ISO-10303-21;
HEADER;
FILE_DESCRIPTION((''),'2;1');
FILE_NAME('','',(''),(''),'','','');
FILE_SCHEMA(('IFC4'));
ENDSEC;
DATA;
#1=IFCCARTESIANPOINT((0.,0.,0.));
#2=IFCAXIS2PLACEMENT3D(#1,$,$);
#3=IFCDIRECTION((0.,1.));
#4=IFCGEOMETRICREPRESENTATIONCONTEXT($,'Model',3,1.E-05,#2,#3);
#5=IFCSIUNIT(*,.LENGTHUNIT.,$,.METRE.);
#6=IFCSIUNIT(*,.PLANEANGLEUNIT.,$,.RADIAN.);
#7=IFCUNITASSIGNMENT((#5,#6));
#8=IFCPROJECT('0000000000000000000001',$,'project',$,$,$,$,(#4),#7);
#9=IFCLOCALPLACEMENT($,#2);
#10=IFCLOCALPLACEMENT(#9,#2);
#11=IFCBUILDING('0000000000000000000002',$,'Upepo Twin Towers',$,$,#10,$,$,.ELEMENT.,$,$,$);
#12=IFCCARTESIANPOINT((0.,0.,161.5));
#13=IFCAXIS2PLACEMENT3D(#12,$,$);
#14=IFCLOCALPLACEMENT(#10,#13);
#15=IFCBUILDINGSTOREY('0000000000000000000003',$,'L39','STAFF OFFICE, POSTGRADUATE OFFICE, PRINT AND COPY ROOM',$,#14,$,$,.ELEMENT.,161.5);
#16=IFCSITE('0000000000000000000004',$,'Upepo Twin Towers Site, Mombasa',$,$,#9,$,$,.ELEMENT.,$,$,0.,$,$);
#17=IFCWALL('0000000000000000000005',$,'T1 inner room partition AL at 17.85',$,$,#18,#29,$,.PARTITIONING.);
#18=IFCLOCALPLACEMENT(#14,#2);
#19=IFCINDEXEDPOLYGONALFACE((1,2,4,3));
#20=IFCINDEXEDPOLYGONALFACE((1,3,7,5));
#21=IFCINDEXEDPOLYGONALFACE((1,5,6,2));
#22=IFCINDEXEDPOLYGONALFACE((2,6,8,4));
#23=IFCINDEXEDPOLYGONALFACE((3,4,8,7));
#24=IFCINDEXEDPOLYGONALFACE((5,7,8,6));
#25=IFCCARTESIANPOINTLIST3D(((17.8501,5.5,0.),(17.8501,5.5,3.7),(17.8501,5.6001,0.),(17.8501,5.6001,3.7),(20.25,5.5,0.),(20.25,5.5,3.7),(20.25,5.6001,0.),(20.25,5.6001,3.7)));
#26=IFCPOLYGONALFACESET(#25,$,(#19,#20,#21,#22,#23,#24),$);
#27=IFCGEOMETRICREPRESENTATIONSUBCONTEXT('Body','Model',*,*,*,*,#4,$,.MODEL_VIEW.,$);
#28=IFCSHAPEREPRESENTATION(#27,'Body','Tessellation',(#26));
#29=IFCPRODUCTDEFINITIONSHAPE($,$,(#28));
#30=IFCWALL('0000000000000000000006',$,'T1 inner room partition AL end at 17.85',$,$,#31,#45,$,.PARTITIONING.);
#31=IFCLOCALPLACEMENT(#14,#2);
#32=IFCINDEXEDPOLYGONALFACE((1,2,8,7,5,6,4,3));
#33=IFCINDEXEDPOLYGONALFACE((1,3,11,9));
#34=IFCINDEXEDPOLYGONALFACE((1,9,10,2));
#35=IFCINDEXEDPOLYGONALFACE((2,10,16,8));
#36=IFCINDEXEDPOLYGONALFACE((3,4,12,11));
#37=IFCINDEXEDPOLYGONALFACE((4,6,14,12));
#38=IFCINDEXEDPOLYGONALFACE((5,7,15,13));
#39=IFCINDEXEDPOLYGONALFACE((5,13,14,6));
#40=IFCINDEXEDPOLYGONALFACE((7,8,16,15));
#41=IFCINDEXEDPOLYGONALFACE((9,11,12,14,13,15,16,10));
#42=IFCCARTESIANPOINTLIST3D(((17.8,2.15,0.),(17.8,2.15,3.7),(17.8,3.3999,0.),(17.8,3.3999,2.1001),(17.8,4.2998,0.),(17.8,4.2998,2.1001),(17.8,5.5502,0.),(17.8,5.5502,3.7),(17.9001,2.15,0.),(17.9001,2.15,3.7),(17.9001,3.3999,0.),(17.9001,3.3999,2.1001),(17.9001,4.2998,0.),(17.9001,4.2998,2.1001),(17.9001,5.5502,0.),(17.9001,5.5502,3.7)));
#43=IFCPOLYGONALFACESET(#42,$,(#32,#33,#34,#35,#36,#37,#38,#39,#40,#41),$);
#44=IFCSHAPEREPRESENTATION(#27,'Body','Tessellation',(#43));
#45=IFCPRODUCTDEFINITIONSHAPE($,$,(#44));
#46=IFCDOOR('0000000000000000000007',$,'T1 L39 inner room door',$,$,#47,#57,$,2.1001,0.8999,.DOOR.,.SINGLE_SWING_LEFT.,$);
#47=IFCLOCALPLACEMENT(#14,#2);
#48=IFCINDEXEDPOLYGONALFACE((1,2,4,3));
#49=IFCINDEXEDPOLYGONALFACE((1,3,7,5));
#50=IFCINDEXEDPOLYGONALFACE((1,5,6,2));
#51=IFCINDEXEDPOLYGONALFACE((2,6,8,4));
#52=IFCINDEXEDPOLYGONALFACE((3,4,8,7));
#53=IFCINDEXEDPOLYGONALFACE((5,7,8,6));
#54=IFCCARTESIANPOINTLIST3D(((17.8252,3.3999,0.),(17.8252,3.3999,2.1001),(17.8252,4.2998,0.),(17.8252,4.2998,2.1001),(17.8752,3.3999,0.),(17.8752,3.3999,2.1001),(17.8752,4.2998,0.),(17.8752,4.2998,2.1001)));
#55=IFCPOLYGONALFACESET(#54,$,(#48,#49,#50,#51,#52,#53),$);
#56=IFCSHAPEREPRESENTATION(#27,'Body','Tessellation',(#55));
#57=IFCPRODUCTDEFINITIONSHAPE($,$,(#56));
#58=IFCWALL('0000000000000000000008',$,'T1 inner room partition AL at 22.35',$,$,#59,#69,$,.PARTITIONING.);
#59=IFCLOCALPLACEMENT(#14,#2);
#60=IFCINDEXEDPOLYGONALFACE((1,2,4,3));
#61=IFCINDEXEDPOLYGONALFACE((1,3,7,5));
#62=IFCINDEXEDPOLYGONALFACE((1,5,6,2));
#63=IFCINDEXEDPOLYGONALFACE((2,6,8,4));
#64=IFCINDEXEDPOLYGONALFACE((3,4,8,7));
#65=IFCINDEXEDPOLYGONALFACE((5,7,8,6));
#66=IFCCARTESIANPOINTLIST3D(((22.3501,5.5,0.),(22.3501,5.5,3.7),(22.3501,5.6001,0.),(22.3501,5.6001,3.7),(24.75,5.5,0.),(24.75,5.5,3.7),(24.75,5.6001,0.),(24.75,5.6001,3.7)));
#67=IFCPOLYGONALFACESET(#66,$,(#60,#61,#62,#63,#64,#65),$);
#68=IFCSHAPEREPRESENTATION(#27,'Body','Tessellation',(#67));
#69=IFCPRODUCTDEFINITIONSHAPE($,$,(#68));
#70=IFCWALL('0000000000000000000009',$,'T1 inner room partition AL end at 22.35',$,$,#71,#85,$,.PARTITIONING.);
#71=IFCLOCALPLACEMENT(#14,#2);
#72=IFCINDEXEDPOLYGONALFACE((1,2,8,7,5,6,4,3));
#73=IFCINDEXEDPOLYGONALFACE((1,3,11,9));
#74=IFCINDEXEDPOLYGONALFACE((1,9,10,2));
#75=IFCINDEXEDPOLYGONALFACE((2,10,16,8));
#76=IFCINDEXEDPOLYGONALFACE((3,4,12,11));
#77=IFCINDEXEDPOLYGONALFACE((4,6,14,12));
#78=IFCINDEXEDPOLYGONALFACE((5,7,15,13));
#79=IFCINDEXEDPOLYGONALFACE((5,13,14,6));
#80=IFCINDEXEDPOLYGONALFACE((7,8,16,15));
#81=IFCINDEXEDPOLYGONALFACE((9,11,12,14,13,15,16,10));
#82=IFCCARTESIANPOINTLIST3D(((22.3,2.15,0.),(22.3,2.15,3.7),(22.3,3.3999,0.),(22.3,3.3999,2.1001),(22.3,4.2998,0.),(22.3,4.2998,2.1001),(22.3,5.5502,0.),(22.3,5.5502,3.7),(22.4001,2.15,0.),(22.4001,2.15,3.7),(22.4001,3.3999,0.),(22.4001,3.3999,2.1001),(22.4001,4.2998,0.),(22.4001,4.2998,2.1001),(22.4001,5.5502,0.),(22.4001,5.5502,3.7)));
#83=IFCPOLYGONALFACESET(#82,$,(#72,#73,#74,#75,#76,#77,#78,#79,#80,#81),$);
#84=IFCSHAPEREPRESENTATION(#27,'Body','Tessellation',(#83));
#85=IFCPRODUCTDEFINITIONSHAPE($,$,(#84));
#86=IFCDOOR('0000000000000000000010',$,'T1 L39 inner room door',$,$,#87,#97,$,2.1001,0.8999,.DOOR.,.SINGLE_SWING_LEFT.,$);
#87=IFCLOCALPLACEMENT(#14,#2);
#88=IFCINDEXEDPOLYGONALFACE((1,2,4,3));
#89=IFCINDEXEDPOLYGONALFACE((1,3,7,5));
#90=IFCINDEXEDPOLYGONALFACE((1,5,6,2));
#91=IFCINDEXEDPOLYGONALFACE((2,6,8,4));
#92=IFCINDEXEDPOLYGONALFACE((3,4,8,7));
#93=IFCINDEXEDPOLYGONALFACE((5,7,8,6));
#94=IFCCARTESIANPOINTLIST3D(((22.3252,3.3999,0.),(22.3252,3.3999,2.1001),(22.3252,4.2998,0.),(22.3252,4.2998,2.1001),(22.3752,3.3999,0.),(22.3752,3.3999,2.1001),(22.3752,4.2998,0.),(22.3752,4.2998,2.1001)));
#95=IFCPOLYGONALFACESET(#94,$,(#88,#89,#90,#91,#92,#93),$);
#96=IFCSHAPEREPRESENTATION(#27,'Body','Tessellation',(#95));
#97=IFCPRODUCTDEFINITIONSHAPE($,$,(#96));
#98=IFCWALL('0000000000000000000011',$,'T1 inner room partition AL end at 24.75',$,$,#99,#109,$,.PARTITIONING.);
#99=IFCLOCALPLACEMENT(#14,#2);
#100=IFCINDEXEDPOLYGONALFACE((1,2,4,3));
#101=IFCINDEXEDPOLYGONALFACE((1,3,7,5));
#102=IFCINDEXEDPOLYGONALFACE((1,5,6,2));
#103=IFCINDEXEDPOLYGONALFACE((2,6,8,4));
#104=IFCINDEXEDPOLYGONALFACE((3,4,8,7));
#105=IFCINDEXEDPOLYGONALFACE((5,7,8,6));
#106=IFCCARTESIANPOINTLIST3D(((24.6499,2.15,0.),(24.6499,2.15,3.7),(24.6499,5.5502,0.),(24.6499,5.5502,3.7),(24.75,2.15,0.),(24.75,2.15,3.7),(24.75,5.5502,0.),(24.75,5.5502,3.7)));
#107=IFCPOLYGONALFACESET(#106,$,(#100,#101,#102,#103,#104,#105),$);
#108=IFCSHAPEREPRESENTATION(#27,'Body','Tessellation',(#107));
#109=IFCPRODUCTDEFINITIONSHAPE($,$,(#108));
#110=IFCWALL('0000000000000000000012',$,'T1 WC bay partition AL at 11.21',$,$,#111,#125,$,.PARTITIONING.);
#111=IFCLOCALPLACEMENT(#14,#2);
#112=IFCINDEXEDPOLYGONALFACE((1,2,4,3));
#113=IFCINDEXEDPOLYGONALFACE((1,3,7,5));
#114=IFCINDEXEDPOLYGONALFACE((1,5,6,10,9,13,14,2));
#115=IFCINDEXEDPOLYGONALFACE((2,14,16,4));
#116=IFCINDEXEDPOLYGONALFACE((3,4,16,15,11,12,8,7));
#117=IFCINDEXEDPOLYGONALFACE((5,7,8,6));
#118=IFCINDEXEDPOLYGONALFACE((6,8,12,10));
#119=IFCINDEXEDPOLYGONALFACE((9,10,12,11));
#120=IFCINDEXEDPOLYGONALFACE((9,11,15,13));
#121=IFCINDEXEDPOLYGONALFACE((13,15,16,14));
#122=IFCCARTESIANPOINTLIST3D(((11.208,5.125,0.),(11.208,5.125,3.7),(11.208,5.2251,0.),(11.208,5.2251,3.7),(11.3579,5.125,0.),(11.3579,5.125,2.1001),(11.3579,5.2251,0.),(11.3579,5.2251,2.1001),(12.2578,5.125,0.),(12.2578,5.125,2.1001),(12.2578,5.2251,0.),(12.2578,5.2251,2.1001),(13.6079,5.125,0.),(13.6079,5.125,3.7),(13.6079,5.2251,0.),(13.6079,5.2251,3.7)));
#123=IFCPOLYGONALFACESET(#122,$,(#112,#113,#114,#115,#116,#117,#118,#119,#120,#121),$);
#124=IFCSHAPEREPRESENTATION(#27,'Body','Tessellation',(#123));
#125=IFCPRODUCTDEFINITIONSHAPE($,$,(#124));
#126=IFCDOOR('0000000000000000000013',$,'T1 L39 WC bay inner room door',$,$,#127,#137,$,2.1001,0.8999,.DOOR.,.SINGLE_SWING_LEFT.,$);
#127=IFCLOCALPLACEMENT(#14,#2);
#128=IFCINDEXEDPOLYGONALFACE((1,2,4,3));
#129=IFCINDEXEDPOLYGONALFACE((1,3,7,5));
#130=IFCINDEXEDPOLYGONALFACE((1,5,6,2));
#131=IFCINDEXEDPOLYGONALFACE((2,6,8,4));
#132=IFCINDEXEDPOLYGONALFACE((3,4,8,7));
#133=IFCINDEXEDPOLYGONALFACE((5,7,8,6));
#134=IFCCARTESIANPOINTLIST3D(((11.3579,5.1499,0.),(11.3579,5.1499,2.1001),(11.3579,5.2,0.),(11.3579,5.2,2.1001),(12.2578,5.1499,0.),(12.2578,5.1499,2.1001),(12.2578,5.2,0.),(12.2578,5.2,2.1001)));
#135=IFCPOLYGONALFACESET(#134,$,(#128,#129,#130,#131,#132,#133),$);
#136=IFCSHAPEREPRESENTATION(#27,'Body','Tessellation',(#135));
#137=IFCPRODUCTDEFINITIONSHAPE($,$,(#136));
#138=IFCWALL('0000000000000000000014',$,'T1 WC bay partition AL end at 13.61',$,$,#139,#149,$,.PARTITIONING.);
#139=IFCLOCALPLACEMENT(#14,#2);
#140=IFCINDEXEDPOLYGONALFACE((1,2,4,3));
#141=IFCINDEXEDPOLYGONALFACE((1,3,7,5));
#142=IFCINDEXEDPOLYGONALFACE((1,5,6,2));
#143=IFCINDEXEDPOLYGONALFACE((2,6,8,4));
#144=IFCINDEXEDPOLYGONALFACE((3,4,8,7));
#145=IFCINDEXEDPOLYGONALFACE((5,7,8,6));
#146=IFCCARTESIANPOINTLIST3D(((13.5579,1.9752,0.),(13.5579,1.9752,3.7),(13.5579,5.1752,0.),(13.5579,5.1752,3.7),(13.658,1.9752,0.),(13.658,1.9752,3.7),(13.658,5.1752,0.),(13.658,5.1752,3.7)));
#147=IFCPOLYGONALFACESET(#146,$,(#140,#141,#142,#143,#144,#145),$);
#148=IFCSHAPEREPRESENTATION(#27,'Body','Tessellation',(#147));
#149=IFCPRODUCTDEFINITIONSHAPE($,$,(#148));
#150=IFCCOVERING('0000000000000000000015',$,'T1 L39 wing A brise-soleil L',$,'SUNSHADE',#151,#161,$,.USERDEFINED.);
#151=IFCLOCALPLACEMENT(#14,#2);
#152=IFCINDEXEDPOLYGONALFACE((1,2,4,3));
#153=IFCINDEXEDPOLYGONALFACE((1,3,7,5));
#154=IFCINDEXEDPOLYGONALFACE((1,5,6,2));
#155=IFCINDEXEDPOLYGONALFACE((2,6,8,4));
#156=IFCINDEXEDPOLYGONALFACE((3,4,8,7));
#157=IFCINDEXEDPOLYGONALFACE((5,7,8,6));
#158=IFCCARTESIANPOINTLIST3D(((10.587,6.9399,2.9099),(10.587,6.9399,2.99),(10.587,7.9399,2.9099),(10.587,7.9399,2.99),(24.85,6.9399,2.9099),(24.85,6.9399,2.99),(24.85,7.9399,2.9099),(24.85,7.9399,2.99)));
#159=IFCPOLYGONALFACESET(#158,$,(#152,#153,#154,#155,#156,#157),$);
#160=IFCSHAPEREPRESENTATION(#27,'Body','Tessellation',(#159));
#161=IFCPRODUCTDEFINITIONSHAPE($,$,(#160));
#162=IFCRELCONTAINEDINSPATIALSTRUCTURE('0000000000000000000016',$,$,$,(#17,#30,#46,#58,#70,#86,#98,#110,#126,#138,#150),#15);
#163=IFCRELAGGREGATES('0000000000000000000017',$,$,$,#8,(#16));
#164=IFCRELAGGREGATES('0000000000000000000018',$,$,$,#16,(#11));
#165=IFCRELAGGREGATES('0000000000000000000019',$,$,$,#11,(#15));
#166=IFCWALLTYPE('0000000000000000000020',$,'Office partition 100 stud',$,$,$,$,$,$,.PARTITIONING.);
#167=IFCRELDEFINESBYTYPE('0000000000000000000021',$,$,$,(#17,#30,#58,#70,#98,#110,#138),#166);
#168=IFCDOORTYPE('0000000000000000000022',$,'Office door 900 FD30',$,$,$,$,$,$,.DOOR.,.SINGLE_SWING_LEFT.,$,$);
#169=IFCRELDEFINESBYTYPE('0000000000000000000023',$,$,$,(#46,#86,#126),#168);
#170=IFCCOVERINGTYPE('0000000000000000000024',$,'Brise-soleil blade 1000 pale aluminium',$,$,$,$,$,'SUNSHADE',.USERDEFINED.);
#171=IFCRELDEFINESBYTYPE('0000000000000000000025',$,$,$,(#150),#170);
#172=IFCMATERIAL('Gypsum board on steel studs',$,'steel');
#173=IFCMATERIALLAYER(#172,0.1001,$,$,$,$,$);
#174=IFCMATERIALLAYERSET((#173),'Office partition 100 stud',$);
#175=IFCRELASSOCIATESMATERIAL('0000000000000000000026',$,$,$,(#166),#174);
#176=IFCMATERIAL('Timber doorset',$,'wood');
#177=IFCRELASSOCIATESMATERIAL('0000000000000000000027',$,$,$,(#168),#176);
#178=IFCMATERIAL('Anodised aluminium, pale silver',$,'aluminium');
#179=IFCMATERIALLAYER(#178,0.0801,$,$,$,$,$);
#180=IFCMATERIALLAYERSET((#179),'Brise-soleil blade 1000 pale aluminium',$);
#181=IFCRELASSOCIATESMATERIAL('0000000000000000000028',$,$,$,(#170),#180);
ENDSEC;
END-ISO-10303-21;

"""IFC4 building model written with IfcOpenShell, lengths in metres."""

from ifc_helpers import new_model, si_unit, direction, frame, frame_2d, origin, origin_2d, place, context, subcontext, project, spatial, rectangle, extrude, material, layer, layer_set, type_object, element, fill, save


model = new_model("IFC4")

# Units and contexts
model_context = context("Model", 3, precision=1e-05, world=origin(), true_north=direction((0.0, 1.0)))
body_context = subcontext(model_context, "Body", "Model", "MODEL_VIEW")
ifc_project = project(units=[si_unit("LENGTHUNIT", "METRE"), si_unit("PLANEANGLEUNIT", "RADIAN")], contexts=[model_context])

# Site, building, storey
site_placement = place(None, origin())
site = spatial("IfcSite", under=ifc_project, at=site_placement, Name="Upepo Twin Towers Site, Mombasa", CompositionType="ELEMENT", RefElevation=0.0)
building_placement = place(site_placement, origin())
building = spatial("IfcBuilding", under=site, at=building_placement, Name="Upepo Twin Towers", CompositionType="ELEMENT")
storey_placement = place(building_placement, frame((0.0, 0.0, 161.5)))
storey = spatial("IfcBuildingStorey", under=building, at=storey_placement, Name="L39", Description="STAFF OFFICE, POSTGRADUATE OFFICE, PRINT AND COPY ROOM", CompositionType="ELEMENT", Elevation=161.5)

# Wall
ifc_material_1 = material(Name="Gypsum board on steel studs", Category="steel")
ifc_layer_1 = layer(ifc_material_1, 0.1001)
ifc_layer_set_1 = layer_set([ifc_layer_1], Name="Office partition 100 stud")
wall_type_1 = type_object("IfcWallType", Name="Office partition 100 stud", PredefinedType="PARTITIONING", material=ifc_layer_set_1)
wall_1_placement = place(storey_placement, frame((17.8501, 5.55, 0.0), z_axis=(0.0, 0.0, 1.0), x_axis=(1.0, 0.0, 0.0)))
element("IfcWall", 1, at=wall_1_placement, inside=storey, type_object=wall_type_1, Name="T1 inner room partition AL at 17.85", PredefinedType="PARTITIONING", context=body_context, shape_type="SweptSolid", body=[
    extrude(rectangle(XDim=2.3999, YDim=0.1001, at=frame_2d((1.2, 0.0))), origin(), (0.0, 0.0, 1.0), 3.7),
])

# Wall, opening, door
wall_2_placement = place(storey_placement, frame((17.8501, 2.1499, 0.0), z_axis=(0.0, 0.0, 1.0), x_axis=(0.0, 1.0, 0.0)))
wall_2 = element("IfcWall", 2, at=wall_2_placement, inside=storey, type_object=wall_type_1, Name="T1 inner room partition AL end at 17.85", PredefinedType="PARTITIONING", context=body_context, shape_type="SweptSolid", body=[
    extrude(rectangle(XDim=3.4001, YDim=0.1001, at=frame_2d((1.7002, 0.0))), origin(), (0.0, 0.0, 1.0), 3.7),
])
opening_1_placement = place(wall_2_placement, frame((1.25, 0.0, 0.0)))
opening_1 = element("IfcOpeningElement", 3, at=opening_1_placement, cuts=wall_2, PredefinedType="OPENING", context=body_context, shape_type="SweptSolid", body=[
    extrude(rectangle(XDim=0.8999, YDim=2.1001, at=frame_2d((0.45, 1.05))), frame((0.0, 0.0601, 0.0), z_axis=(0.0, -1.0, 0.0), x_axis=(1.0, 0.0, 0.0)), (0.0, 0.0, 1.0), 0.1201),
])
ifc_material_2 = material(Name="Timber doorset", Category="wood")
door_type = type_object("IfcDoorType", Name="Office door 900 FD30", OperationType="SINGLE_SWING_LEFT", PredefinedType="DOOR", material=ifc_material_2)
door_1_placement = place(opening_1_placement, origin())
door_1 = element("IfcDoor", 4, at=door_1_placement, inside=storey, type_object=door_type, Name="T1 L39 inner room door", OperationType="SINGLE_SWING_LEFT", OverallHeight=2.1001, OverallWidth=0.8999, PredefinedType="DOOR", context=body_context, shape_type="SweptSolid", body=[
    extrude(rectangle(XDim=0.8999, YDim=2.1001, at=frame_2d((0.45, 1.05))), frame((0.0, 0.0249, 0.0), z_axis=(0.0, -1.0, 0.0), x_axis=(1.0, 0.0, 0.0)), (0.0, 0.0, 1.0), 0.05),
])
fill(opening_1, door_1)

# Wall
wall_3_placement = place(storey_placement, frame((22.3501, 5.55, 0.0), z_axis=(0.0, 0.0, 1.0), x_axis=(1.0, 0.0, 0.0)))
element("IfcWall", 5, at=wall_3_placement, inside=storey, type_object=wall_type_1, Name="T1 inner room partition AL at 22.35", PredefinedType="PARTITIONING", context=body_context, shape_type="SweptSolid", body=[
    extrude(rectangle(XDim=2.3999, YDim=0.1001, at=frame_2d((1.2, 0.0))), origin(), (0.0, 0.0, 1.0), 3.7),
])

# Wall, opening, door
wall_4_placement = place(storey_placement, frame((22.3501, 2.1499, 0.0), z_axis=(0.0, 0.0, 1.0), x_axis=(0.0, 1.0, 0.0)))
wall_4 = element("IfcWall", 6, at=wall_4_placement, inside=storey, type_object=wall_type_1, Name="T1 inner room partition AL end at 22.35", PredefinedType="PARTITIONING", context=body_context, shape_type="SweptSolid", body=[
    extrude(rectangle(XDim=3.4001, YDim=0.1001, at=frame_2d((1.7002, 0.0))), origin(), (0.0, 0.0, 1.0), 3.7),
])
opening_2_placement = place(wall_4_placement, frame((1.25, 0.0, 0.0)))
opening_2 = element("IfcOpeningElement", 7, at=opening_2_placement, cuts=wall_4, PredefinedType="OPENING", context=body_context, shape_type="SweptSolid", body=[
    extrude(rectangle(XDim=0.8999, YDim=2.1001, at=frame_2d((0.45, 1.05))), frame((0.0, 0.0601, 0.0), z_axis=(0.0, -1.0, 0.0), x_axis=(1.0, 0.0, 0.0)), (0.0, 0.0, 1.0), 0.1201),
])
door_2_placement = place(opening_2_placement, origin())
door_2 = element("IfcDoor", 8, at=door_2_placement, inside=storey, type_object=door_type, Name="T1 L39 inner room door", OperationType="SINGLE_SWING_LEFT", OverallHeight=2.1001, OverallWidth=0.8999, PredefinedType="DOOR", context=body_context, shape_type="SweptSolid", body=[
    extrude(rectangle(XDim=0.8999, YDim=2.1001, at=frame_2d((0.45, 1.05))), frame((0.0, 0.0249, 0.0), z_axis=(0.0, -1.0, 0.0), x_axis=(1.0, 0.0, 0.0)), (0.0, 0.0, 1.0), 0.05),
])
fill(opening_2, door_2)

# Wall
wall_5_placement = place(storey_placement, frame((24.7, 2.1499, 0.0), z_axis=(0.0, 0.0, 1.0), x_axis=(0.0, 1.0, 0.0)))
element("IfcWall", 9, at=wall_5_placement, inside=storey, type_object=wall_type_1, Name="T1 inner room partition AL end at 24.75", PredefinedType="PARTITIONING", context=body_context, shape_type="SweptSolid", body=[
    extrude(rectangle(XDim=3.4001, YDim=0.1001, at=frame_2d((1.7002, 0.0))), origin(), (0.0, 0.0, 1.0), 3.7),
])

# Wall, opening, door
wall_6_placement = place(storey_placement, frame((11.208, 5.175, 0.0), z_axis=(0.0, 0.0, 1.0), x_axis=(1.0, 0.0, 0.0)))
wall_6 = element("IfcWall", 10, at=wall_6_placement, inside=storey, type_object=wall_type_1, Name="T1 WC bay partition AL at 11.21", PredefinedType="PARTITIONING", context=body_context, shape_type="SweptSolid", body=[
    extrude(rectangle(XDim=2.3999, YDim=0.1001, at=frame_2d((1.2, 0.0))), origin(), (0.0, 0.0, 1.0), 3.7),
])
opening_3_placement = place(wall_6_placement, frame((0.1499, 0.0, 0.0)))
opening_3 = element("IfcOpeningElement", 11, at=opening_3_placement, cuts=wall_6, PredefinedType="OPENING", context=body_context, shape_type="SweptSolid", body=[
    extrude(rectangle(XDim=0.8999, YDim=2.1001, at=frame_2d((0.45, 1.05))), frame((0.0, 0.0601, 0.0), z_axis=(0.0, -1.0, 0.0), x_axis=(1.0, 0.0, 0.0)), (0.0, 0.0, 1.0), 0.1201),
])
door_3_placement = place(opening_3_placement, origin())
door_3 = element("IfcDoor", 12, at=door_3_placement, inside=storey, type_object=door_type, Name="T1 L39 WC bay inner room door", OperationType="SINGLE_SWING_LEFT", OverallHeight=2.1001, OverallWidth=0.8999, PredefinedType="DOOR", context=body_context, shape_type="SweptSolid", body=[
    extrude(rectangle(XDim=0.8999, YDim=2.1001, at=frame_2d((0.45, 1.05))), frame((0.0, 0.0249, 0.0), z_axis=(0.0, -1.0, 0.0), x_axis=(1.0, 0.0, 0.0)), (0.0, 0.0, 1.0), 0.05),
])
fill(opening_3, door_3)

# Wall
wall_7_placement = place(storey_placement, frame((13.6079, 1.9751, 0.0), z_axis=(0.0, 0.0, 1.0), x_axis=(0.0, 1.0, 0.0)))
element("IfcWall", 13, at=wall_7_placement, inside=storey, type_object=wall_type_1, Name="T1 WC bay partition AL end at 13.61", PredefinedType="PARTITIONING", context=body_context, shape_type="SweptSolid", body=[
    extrude(rectangle(XDim=3.2, YDim=0.1001, at=frame_2d((1.6001, 0.0))), origin(), (0.0, 0.0, 1.0), 3.7),
])

# Covering
ifc_material_3 = material(Name="Anodised aluminium, pale silver", Category="aluminium")
ifc_layer_2 = layer(ifc_material_3, 0.0801)
ifc_layer_set_2 = layer_set([ifc_layer_2], Name="Brise-soleil blade 1000 pale aluminium")
covering_type = type_object("IfcCoveringType", Name="Brise-soleil blade 1000 pale aluminium", ElementType="SUNSHADE", PredefinedType="USERDEFINED", material=ifc_layer_set_2)
covering_placement = place(storey_placement, frame((17.7185, 7.4399, 2.9099), z_axis=(0.0, 0.0, 1.0), x_axis=(1.0, 0.0, 0.0)))
element("IfcCovering", 14, at=covering_placement, inside=storey, type_object=covering_type, Name="T1 L39 wing A brise-soleil L", ObjectType="SUNSHADE", PredefinedType="USERDEFINED", context=body_context, shape_type="SweptSolid", body=[
    extrude(rectangle(XDim=14.2629, YDim=1.0, at=origin_2d()), origin(), (0.0, 0.0, 1.0), 0.0801),
])

save(model, "model.ifc")
